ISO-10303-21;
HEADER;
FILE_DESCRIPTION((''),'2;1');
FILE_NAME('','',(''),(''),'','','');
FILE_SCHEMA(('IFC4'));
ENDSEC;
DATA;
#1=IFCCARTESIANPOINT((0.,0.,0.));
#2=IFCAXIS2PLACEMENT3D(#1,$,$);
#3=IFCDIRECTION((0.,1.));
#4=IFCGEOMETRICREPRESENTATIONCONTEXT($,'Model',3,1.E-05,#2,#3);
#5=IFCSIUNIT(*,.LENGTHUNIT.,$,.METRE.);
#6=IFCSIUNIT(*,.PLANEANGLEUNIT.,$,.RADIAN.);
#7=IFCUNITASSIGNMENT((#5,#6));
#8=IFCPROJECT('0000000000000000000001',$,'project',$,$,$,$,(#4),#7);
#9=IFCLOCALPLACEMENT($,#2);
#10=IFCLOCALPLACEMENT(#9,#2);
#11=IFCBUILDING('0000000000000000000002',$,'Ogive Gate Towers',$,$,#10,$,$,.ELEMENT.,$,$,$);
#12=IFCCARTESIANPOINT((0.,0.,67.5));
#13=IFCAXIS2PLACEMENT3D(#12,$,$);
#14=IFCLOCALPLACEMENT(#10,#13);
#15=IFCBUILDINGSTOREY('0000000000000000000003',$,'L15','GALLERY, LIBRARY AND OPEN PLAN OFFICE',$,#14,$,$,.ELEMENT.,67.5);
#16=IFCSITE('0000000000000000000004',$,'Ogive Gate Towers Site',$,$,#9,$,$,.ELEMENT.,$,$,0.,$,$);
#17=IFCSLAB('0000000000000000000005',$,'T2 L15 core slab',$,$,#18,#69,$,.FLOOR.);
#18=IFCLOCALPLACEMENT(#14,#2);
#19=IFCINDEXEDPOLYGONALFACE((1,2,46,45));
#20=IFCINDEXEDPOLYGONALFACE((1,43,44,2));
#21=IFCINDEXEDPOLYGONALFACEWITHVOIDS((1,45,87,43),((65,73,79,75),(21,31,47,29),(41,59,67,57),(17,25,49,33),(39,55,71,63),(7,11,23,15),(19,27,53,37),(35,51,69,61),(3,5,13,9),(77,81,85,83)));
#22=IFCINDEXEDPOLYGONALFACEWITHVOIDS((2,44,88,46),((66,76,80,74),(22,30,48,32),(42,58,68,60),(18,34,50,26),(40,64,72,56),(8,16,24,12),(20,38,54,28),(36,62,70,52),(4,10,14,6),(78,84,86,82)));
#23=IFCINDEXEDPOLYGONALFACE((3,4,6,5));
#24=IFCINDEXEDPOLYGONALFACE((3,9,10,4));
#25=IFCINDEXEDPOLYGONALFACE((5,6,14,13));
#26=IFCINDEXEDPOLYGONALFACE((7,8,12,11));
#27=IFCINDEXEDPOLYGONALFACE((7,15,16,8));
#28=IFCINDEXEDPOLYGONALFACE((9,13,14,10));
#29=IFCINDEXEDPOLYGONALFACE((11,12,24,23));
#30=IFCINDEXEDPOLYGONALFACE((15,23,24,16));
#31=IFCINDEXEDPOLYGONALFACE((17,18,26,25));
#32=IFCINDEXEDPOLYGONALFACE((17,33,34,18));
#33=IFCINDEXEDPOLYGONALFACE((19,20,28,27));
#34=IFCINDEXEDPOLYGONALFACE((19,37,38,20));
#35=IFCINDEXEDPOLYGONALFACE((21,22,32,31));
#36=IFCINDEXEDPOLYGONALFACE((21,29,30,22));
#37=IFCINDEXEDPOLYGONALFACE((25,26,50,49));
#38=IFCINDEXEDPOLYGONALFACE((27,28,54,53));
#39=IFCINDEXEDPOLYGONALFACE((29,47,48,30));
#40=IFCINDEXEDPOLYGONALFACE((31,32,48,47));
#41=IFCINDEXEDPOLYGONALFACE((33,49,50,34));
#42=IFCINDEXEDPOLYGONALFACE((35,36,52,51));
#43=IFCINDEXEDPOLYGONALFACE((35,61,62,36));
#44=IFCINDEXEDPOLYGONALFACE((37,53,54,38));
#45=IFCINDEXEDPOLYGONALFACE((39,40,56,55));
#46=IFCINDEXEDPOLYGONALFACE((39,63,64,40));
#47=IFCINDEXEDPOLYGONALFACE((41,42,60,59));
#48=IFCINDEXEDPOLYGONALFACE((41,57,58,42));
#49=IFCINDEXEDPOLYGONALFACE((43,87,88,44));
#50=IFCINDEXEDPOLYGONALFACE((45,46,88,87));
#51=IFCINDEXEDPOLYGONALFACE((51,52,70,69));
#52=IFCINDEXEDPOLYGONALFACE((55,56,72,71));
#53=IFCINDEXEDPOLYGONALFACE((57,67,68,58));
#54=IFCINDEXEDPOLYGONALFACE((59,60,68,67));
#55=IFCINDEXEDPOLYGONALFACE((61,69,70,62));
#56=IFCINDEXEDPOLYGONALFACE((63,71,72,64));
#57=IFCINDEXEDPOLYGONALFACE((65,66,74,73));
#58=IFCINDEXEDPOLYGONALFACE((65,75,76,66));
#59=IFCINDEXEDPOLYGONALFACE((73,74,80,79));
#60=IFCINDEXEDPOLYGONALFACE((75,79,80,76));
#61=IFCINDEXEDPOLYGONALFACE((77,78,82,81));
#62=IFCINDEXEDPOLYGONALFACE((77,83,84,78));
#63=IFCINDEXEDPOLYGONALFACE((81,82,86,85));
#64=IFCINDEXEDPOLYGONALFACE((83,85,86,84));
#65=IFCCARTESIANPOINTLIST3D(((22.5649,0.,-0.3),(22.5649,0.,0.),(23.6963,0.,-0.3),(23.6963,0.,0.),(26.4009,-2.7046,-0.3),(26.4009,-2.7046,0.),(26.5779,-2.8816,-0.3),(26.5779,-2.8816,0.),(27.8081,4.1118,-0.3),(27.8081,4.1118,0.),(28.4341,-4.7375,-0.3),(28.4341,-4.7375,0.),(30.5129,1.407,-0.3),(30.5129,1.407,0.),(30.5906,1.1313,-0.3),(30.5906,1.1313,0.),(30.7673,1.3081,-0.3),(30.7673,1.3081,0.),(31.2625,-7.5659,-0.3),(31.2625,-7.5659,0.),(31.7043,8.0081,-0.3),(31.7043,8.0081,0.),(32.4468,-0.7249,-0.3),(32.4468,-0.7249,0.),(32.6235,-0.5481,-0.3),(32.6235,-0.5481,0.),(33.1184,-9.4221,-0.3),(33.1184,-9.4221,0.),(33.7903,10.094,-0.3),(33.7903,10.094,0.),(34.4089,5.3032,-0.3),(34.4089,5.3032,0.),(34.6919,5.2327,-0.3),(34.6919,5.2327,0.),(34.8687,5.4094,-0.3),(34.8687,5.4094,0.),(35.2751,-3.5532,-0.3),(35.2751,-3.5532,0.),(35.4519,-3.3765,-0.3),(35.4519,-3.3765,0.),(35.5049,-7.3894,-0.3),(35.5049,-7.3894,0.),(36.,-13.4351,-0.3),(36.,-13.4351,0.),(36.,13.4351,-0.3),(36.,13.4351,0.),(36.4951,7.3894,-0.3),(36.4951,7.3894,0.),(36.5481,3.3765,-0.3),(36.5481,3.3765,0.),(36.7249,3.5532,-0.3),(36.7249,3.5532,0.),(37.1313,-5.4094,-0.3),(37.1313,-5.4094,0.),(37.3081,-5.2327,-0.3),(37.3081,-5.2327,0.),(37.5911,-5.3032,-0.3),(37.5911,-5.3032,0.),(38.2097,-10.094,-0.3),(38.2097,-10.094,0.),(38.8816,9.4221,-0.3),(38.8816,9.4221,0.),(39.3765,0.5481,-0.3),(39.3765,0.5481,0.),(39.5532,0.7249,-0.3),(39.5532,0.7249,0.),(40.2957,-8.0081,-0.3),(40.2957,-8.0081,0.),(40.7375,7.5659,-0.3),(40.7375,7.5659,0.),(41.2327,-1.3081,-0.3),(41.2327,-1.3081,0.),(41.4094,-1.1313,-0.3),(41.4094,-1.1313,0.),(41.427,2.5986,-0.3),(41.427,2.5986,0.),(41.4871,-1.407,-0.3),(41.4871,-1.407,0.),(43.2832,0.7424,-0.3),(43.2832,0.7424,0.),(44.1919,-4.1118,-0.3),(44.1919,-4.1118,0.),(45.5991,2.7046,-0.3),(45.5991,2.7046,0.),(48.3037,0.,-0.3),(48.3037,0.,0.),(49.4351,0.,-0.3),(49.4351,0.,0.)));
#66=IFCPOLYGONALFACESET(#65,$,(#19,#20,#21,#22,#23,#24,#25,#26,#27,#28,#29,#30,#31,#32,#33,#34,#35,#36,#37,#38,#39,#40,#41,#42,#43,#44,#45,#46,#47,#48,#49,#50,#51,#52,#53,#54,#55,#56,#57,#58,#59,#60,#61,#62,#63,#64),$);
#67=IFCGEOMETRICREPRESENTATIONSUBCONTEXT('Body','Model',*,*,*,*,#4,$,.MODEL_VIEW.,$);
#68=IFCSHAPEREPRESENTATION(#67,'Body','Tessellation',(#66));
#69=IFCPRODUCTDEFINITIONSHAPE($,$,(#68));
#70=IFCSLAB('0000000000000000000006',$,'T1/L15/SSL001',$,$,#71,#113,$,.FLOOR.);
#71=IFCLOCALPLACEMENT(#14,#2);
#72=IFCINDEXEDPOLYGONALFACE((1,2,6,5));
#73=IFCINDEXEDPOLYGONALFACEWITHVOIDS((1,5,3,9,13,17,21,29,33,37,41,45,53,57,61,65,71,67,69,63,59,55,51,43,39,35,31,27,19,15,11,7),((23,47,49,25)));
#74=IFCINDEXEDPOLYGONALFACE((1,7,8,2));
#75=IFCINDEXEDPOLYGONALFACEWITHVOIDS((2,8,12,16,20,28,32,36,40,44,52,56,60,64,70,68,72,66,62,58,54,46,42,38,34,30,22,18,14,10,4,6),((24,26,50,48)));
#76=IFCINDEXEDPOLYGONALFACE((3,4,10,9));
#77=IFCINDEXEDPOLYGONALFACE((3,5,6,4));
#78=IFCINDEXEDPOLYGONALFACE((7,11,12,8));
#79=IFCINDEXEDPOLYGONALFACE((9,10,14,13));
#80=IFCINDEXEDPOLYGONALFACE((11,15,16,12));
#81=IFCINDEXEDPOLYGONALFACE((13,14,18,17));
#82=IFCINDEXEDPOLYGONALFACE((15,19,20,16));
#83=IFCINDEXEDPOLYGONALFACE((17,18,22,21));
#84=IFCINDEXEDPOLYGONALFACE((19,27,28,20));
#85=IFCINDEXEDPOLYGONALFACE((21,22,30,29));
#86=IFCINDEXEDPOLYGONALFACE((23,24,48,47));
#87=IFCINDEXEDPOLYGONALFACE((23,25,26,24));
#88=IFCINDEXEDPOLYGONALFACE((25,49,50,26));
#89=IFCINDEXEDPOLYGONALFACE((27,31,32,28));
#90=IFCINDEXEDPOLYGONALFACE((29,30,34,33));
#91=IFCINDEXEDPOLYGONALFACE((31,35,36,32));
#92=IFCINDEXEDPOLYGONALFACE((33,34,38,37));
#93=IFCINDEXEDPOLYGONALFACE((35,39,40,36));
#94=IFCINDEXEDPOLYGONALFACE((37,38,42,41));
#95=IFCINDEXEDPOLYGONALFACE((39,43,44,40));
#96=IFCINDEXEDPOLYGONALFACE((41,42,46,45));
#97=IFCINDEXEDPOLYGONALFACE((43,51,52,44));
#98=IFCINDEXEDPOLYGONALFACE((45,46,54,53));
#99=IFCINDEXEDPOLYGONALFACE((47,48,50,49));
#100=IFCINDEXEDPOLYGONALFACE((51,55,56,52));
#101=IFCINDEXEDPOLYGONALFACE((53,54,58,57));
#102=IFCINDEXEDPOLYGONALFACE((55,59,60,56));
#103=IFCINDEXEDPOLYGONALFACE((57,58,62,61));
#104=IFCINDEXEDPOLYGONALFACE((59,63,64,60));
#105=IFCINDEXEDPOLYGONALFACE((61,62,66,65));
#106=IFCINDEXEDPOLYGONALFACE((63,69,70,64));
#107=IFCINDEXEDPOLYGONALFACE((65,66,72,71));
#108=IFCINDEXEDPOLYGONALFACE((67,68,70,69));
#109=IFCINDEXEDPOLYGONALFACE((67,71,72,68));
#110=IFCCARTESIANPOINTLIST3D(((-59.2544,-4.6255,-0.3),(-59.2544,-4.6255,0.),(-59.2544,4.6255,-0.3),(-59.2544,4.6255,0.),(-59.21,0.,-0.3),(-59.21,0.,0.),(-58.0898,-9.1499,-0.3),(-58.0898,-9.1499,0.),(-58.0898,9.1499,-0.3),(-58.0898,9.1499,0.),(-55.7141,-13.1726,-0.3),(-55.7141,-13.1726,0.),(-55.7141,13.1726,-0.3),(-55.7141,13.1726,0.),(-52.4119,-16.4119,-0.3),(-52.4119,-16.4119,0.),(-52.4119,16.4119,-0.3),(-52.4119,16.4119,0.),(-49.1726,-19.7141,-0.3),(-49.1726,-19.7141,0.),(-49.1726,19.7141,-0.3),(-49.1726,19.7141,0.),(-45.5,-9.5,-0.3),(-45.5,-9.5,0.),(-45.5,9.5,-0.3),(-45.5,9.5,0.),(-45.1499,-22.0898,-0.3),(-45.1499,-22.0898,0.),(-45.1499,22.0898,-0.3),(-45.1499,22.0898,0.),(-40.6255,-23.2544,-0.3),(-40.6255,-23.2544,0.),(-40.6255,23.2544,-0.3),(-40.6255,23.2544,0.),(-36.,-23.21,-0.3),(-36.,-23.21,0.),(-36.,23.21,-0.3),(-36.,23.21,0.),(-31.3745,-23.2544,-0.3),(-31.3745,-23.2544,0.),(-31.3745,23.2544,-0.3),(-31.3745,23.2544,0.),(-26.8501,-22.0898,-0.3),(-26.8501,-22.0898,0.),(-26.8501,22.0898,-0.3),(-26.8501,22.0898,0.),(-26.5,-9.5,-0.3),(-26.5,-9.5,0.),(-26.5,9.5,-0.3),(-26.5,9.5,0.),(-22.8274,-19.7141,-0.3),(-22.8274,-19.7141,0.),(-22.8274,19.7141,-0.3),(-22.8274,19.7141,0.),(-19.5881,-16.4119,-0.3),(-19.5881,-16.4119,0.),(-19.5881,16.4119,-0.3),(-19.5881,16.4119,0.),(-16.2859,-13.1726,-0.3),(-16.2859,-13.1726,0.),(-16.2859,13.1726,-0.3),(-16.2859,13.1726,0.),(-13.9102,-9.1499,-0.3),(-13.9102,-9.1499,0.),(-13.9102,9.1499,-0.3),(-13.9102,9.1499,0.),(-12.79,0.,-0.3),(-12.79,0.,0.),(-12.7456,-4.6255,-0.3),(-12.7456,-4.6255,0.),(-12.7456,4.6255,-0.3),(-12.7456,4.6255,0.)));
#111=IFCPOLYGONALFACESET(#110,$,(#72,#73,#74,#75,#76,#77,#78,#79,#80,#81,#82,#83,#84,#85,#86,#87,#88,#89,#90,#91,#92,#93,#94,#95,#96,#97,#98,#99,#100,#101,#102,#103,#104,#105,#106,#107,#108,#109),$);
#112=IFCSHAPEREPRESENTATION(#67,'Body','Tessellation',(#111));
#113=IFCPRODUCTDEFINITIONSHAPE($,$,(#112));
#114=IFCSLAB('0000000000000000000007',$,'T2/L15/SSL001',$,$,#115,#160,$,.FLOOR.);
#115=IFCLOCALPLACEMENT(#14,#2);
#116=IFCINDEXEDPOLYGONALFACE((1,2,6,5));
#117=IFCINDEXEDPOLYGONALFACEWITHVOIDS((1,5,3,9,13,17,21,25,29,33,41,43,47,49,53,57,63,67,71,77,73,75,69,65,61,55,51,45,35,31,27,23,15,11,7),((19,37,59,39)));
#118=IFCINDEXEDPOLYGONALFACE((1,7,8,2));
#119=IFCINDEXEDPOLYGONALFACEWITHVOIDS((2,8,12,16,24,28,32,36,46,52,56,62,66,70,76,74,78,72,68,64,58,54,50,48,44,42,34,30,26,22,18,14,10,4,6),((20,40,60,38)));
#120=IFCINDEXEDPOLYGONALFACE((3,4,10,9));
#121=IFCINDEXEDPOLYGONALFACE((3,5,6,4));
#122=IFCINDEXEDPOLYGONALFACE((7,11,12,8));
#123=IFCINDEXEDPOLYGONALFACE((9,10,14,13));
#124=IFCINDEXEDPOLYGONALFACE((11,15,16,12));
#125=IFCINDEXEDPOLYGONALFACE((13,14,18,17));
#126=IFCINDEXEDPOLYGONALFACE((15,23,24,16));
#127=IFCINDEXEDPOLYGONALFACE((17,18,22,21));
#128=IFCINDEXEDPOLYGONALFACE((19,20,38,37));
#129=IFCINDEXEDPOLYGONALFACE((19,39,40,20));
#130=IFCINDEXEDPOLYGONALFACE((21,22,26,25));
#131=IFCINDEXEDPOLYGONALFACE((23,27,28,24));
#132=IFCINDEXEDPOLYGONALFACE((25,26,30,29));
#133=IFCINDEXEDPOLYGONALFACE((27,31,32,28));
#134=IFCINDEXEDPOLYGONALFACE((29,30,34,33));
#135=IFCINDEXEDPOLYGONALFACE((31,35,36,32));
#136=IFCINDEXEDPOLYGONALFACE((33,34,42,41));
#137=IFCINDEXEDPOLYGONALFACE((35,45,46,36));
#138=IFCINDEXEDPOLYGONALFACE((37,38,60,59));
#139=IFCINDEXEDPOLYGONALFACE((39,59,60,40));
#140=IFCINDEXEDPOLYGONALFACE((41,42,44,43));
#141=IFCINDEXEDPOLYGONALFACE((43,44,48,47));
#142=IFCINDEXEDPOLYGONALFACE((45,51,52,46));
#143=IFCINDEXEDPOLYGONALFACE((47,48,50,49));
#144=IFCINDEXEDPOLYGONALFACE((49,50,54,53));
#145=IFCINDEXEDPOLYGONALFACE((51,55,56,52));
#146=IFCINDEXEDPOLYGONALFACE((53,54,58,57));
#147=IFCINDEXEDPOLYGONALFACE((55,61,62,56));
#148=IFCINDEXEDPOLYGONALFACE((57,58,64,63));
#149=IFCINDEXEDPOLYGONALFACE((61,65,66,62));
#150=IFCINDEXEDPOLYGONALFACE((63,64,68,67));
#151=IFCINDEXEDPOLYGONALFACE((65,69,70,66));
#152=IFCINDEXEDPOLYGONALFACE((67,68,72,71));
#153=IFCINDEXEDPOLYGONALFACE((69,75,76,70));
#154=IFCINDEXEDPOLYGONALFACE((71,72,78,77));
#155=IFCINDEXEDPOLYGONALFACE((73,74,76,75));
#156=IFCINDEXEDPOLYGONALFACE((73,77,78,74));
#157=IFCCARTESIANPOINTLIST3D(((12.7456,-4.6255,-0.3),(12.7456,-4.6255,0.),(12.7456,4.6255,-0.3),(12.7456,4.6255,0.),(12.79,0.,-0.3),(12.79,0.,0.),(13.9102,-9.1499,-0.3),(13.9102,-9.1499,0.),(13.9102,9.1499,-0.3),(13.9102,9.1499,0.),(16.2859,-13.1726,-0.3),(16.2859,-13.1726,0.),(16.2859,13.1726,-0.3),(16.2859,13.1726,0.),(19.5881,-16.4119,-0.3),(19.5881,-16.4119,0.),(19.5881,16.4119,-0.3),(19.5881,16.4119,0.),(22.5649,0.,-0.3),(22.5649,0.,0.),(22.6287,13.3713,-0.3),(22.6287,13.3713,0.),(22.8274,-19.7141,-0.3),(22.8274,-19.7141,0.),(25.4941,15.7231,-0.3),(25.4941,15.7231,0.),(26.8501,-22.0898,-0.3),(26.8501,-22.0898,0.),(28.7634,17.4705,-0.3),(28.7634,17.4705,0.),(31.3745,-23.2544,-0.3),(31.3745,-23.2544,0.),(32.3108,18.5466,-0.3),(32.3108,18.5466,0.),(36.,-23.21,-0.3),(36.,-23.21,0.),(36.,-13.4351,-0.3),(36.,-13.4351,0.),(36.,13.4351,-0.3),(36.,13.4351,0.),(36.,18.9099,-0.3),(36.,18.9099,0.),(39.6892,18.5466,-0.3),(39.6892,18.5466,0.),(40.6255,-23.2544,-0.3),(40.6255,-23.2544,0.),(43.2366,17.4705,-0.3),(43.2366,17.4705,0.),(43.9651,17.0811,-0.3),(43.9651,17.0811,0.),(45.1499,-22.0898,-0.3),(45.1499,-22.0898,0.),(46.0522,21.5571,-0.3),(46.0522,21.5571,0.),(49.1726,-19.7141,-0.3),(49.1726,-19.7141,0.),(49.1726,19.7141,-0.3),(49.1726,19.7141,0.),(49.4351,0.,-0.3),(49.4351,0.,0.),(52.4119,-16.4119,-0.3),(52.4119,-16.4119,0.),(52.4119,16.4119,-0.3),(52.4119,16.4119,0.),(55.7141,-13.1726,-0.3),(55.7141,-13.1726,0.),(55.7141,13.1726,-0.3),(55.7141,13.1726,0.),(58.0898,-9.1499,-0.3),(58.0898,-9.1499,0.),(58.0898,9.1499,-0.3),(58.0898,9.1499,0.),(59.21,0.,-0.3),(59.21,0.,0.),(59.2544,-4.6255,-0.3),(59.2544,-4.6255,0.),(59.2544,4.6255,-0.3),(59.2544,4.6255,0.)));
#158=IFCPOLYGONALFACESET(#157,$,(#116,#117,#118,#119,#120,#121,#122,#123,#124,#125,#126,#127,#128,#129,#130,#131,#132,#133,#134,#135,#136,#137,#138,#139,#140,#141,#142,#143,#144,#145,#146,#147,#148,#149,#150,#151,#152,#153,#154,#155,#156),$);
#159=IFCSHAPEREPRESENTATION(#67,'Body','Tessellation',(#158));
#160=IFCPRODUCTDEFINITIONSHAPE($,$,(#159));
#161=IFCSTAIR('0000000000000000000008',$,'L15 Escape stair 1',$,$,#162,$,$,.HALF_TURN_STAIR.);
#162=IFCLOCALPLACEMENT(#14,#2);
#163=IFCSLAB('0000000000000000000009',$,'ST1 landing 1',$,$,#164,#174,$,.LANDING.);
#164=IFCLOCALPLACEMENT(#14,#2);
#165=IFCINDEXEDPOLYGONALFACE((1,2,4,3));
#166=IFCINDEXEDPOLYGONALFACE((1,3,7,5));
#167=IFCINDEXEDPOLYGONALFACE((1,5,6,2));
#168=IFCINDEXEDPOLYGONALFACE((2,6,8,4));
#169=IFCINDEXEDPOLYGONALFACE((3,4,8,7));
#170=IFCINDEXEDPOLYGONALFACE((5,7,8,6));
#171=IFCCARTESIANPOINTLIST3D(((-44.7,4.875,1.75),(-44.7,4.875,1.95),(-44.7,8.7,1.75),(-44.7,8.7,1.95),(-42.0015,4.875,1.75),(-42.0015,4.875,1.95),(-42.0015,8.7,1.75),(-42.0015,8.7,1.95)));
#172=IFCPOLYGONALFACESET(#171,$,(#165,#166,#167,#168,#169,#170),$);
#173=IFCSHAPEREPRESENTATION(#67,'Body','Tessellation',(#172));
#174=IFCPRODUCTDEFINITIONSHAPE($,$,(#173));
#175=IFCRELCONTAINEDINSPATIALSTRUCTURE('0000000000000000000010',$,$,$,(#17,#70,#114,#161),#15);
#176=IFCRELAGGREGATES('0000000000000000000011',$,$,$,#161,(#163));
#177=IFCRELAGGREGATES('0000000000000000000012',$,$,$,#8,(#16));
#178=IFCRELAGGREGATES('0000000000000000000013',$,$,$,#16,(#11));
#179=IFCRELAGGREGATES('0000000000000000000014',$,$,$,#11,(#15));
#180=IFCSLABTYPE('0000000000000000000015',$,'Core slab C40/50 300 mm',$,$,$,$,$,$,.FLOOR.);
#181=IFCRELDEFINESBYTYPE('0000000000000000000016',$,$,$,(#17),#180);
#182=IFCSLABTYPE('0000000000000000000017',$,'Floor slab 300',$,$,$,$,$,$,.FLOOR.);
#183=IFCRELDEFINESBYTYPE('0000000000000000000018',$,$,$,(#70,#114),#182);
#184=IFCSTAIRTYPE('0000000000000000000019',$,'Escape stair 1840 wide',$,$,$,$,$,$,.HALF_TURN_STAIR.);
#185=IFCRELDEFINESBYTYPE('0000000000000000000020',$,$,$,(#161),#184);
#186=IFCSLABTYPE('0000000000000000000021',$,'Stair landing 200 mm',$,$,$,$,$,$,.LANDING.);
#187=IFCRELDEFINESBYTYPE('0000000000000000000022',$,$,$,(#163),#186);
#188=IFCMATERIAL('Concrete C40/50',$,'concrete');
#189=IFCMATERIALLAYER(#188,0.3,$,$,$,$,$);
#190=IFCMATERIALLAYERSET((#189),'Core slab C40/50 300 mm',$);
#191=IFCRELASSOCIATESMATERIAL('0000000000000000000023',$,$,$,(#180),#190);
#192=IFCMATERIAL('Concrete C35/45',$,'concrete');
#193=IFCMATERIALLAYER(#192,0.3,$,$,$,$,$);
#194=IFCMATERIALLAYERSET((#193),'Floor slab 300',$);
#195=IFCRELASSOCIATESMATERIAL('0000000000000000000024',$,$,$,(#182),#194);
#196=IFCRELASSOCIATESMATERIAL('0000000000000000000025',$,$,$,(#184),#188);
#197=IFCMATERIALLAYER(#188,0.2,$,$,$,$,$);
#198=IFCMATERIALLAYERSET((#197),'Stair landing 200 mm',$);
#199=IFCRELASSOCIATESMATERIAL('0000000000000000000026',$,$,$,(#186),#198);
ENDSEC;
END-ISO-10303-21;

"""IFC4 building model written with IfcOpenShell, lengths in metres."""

from ifc_helpers import new_model, si_unit, direction, frame, origin, place, context, subcontext, project, spatial, polyline, outline, extrude, material, layer, layer_set, type_object, element, aggregate, save


model = new_model("IFC4")

# Units and contexts
model_context = context("Model", 3, precision=1e-05, world=origin(), true_north=direction((0.0, 1.0)))
body_context = subcontext(model_context, "Body", "Model", "MODEL_VIEW")
ifc_project = project(units=[si_unit("LENGTHUNIT", "METRE"), si_unit("PLANEANGLEUNIT", "RADIAN")], contexts=[model_context])

# Site, building, storey
site_placement = place(None, origin())
site = spatial("IfcSite", under=ifc_project, at=site_placement, Name="Ogive Gate Towers Site", CompositionType="ELEMENT", RefElevation=0.0)
building_placement = place(site_placement, origin())
building = spatial("IfcBuilding", under=site, at=building_placement, Name="Ogive Gate Towers", CompositionType="ELEMENT")
storey_placement = place(building_placement, frame((0.0, 0.0, 67.5)))
storey = spatial("IfcBuildingStorey", under=building, at=storey_placement, Name="L15", Description="GALLERY, LIBRARY AND OPEN PLAN OFFICE", CompositionType="ELEMENT", Elevation=67.5)

# Slabs
ifc_material_1 = material(Name="Concrete C40/50", Category="concrete")
ifc_layer_1 = layer(ifc_material_1, 0.3)
ifc_layer_set_1 = layer_set([ifc_layer_1], Name="Core slab C40/50 300 mm")
slab_type_1 = type_object("IfcSlabType", Name="Core slab C40/50 300 mm", PredefinedType="FLOOR", material=ifc_layer_set_1)
slab_1_placement = place(storey_placement, frame((0.0, 0.0, -0.3)))
element("IfcSlab", 1, at=slab_1_placement, inside=storey, type_object=slab_type_1, Name="T2 L15 core slab", PredefinedType="FLOOR", context=body_context, shape_type="SweptSolid", body=[
    extrude(outline(polyline([(36.0, 13.4351), (49.4351, 0.0), (36.0, -13.4351), (22.5649, 0.0), (36.0, 13.4351)]), holes=[polyline([(30.5906, 1.1313), (26.5779, -2.8816), (28.4341, -4.7375), (32.4468, -0.7249), (30.5906, 1.1313)]), polyline([(36.5481, 3.3765), (34.6919, 5.2327), (30.7673, 1.3081), (32.6235, -0.5481), (36.5481, 3.3765)]), polyline([(36.7249, 3.5532), (40.7375, 7.5659), (38.8816, 9.4221), (34.8687, 5.4094), (36.7249, 3.5532)]), polyline([(31.2625, -7.5659), (33.1184, -9.4221), (37.1313, -5.4094), (35.2751, -3.5532), (31.2625, -7.5659)]), polyline([(39.3765, 0.5481), (35.4519, -3.3765), (37.3081, -5.2327), (41.2327, -1.3081), (39.3765, 0.5481)]), polyline([(43.2832, 0.7424), (41.427, 2.5986), (39.5532, 0.7249), (41.4094, -1.1313), (43.2832, 0.7424)]), polyline([(34.4089, 5.3032), (36.4951, 7.3894), (33.7903, 10.094), (31.7043, 8.0081), (34.4089, 5.3032)]), polyline([(35.5049, -7.3894), (38.2097, -10.094), (40.2957, -8.0081), (37.5911, -5.3032), (35.5049, -7.3894)]), polyline([(26.4009, -2.7046), (30.5129, 1.407), (27.8081, 4.1118), (23.6963, 0.0), (26.4009, -2.7046)]), polyline([(48.3037, 0.0), (45.5991, 2.7046), (41.4871, -1.407), (44.1919, -4.1118), (48.3037, 0.0)])]), origin(), (0.0, 0.0, 1.0), 0.3),
])
ifc_material_2 = material(Name="Concrete C35/45", Category="concrete")
ifc_layer_2 = layer(ifc_material_2, 0.3)
ifc_layer_set_2 = layer_set([ifc_layer_2], Name="Floor slab 300")
slab_type_2 = type_object("IfcSlabType", Name="Floor slab 300", PredefinedType="FLOOR", material=ifc_layer_set_2)
slab_2_placement = place(storey_placement, frame((0.0, 0.0, -0.3)))
element("IfcSlab", 2, at=slab_2_placement, inside=storey, type_object=slab_type_2, Name="T1/L15/SSL001", PredefinedType="FLOOR", context=body_context, shape_type="SweptSolid", body=[
    extrude(outline(polyline([(-12.7456, -4.6255), (-12.79, 0.0), (-12.7456, 4.6255), (-13.9102, 9.1499), (-16.2859, 13.1726), (-19.5881, 16.4119), (-22.8274, 19.7141), (-26.8501, 22.0898), (-31.3745, 23.2544), (-36.0, 23.21), (-40.6255, 23.2544), (-45.1499, 22.0898), (-49.1726, 19.7141), (-52.4119, 16.4119), (-55.7141, 13.1726), (-58.0898, 9.1499), (-59.2544, 4.6255), (-59.21, 0.0), (-59.2544, -4.6255), (-58.0898, -9.1499), (-55.7141, -13.1726), (-52.4119, -16.4119), (-49.1726, -19.7141), (-45.1499, -22.0898), (-40.6255, -23.2544), (-36.0, -23.21), (-31.3745, -23.2544), (-26.8501, -22.0898), (-22.8274, -19.7141), (-19.5881, -16.4119), (-16.2859, -13.1726), (-13.9102, -9.1499), (-12.7456, -4.6255)]), holes=[polyline([(-26.5, -9.5), (-45.5, -9.5), (-45.5, 9.5), (-26.5, 9.5), (-26.5, -9.5)])]), origin(), (0.0, 0.0, 1.0), 0.3),
])
slab_3_placement = place(storey_placement, frame((0.0, 0.0, -0.3)))
element("IfcSlab", 3, at=slab_3_placement, inside=storey, type_object=slab_type_2, Name="T2/L15/SSL001", PredefinedType="FLOOR", context=body_context, shape_type="SweptSolid", body=[
    extrude(outline(polyline([(52.4119, 16.4119), (49.1726, 19.7141), (46.0522, 21.5571), (43.9651, 17.0811), (43.2366, 17.4705), (39.6892, 18.5466), (36.0, 18.9099), (32.3108, 18.5466), (28.7634, 17.4705), (25.4941, 15.7231), (22.6287, 13.3713), (19.5881, 16.4119), (16.2859, 13.1726), (13.9102, 9.1499), (12.7456, 4.6255), (12.79, 0.0), (12.7456, -4.6255), (13.9102, -9.1499), (16.2859, -13.1726), (19.5881, -16.4119), (22.8274, -19.7141), (26.8501, -22.0898), (31.3745, -23.2544), (36.0, -23.21), (40.6255, -23.2544), (45.1499, -22.0898), (49.1726, -19.7141), (52.4119, -16.4119), (55.7141, -13.1726), (58.0898, -9.1499), (59.2544, -4.6255), (59.21, 0.0), (59.2544, 4.6255), (58.0898, 9.1499), (55.7141, 13.1726), (52.4119, 16.4119)]), holes=[polyline([(49.4351, 0.0), (36.0, -13.4351), (22.5649, 0.0), (36.0, 13.4351), (49.4351, 0.0)])]), origin(), (0.0, 0.0, 1.0), 0.3),
])

# Stair, slab
stair_type = type_object("IfcStairType", Name="Escape stair 1840 wide", PredefinedType="HALF_TURN_STAIR", material=ifc_material_1)
stair_1_placement = place(storey_placement, origin())
stair_1 = element("IfcStair", 4, at=stair_1_placement, inside=storey, type_object=stair_type, Name="L15 Escape stair 1", PredefinedType="HALF_TURN_STAIR")
ifc_layer_3 = layer(ifc_material_1, 0.2)
ifc_layer_set_3 = layer_set([ifc_layer_3], Name="Stair landing 200 mm")
slab_type_3 = type_object("IfcSlabType", Name="Stair landing 200 mm", PredefinedType="LANDING", material=ifc_layer_set_3)
slab_4_placement = place(storey_placement, frame((0.0, 0.0, 1.75)))
slab_4 = element("IfcSlab", 5, at=slab_4_placement, type_object=slab_type_3, Name="ST1 landing 1", PredefinedType="LANDING", context=body_context, shape_type="SweptSolid", body=[
    extrude(outline(polyline([(-42.0015, 8.7), (-44.7, 8.7), (-44.7, 4.875), (-42.0015, 4.875), (-42.0015, 8.7)])), origin(), (0.0, 0.0, 1.0), 0.2),
])
aggregate(stair_1, [slab_4])

save(model, "model.ifc")
